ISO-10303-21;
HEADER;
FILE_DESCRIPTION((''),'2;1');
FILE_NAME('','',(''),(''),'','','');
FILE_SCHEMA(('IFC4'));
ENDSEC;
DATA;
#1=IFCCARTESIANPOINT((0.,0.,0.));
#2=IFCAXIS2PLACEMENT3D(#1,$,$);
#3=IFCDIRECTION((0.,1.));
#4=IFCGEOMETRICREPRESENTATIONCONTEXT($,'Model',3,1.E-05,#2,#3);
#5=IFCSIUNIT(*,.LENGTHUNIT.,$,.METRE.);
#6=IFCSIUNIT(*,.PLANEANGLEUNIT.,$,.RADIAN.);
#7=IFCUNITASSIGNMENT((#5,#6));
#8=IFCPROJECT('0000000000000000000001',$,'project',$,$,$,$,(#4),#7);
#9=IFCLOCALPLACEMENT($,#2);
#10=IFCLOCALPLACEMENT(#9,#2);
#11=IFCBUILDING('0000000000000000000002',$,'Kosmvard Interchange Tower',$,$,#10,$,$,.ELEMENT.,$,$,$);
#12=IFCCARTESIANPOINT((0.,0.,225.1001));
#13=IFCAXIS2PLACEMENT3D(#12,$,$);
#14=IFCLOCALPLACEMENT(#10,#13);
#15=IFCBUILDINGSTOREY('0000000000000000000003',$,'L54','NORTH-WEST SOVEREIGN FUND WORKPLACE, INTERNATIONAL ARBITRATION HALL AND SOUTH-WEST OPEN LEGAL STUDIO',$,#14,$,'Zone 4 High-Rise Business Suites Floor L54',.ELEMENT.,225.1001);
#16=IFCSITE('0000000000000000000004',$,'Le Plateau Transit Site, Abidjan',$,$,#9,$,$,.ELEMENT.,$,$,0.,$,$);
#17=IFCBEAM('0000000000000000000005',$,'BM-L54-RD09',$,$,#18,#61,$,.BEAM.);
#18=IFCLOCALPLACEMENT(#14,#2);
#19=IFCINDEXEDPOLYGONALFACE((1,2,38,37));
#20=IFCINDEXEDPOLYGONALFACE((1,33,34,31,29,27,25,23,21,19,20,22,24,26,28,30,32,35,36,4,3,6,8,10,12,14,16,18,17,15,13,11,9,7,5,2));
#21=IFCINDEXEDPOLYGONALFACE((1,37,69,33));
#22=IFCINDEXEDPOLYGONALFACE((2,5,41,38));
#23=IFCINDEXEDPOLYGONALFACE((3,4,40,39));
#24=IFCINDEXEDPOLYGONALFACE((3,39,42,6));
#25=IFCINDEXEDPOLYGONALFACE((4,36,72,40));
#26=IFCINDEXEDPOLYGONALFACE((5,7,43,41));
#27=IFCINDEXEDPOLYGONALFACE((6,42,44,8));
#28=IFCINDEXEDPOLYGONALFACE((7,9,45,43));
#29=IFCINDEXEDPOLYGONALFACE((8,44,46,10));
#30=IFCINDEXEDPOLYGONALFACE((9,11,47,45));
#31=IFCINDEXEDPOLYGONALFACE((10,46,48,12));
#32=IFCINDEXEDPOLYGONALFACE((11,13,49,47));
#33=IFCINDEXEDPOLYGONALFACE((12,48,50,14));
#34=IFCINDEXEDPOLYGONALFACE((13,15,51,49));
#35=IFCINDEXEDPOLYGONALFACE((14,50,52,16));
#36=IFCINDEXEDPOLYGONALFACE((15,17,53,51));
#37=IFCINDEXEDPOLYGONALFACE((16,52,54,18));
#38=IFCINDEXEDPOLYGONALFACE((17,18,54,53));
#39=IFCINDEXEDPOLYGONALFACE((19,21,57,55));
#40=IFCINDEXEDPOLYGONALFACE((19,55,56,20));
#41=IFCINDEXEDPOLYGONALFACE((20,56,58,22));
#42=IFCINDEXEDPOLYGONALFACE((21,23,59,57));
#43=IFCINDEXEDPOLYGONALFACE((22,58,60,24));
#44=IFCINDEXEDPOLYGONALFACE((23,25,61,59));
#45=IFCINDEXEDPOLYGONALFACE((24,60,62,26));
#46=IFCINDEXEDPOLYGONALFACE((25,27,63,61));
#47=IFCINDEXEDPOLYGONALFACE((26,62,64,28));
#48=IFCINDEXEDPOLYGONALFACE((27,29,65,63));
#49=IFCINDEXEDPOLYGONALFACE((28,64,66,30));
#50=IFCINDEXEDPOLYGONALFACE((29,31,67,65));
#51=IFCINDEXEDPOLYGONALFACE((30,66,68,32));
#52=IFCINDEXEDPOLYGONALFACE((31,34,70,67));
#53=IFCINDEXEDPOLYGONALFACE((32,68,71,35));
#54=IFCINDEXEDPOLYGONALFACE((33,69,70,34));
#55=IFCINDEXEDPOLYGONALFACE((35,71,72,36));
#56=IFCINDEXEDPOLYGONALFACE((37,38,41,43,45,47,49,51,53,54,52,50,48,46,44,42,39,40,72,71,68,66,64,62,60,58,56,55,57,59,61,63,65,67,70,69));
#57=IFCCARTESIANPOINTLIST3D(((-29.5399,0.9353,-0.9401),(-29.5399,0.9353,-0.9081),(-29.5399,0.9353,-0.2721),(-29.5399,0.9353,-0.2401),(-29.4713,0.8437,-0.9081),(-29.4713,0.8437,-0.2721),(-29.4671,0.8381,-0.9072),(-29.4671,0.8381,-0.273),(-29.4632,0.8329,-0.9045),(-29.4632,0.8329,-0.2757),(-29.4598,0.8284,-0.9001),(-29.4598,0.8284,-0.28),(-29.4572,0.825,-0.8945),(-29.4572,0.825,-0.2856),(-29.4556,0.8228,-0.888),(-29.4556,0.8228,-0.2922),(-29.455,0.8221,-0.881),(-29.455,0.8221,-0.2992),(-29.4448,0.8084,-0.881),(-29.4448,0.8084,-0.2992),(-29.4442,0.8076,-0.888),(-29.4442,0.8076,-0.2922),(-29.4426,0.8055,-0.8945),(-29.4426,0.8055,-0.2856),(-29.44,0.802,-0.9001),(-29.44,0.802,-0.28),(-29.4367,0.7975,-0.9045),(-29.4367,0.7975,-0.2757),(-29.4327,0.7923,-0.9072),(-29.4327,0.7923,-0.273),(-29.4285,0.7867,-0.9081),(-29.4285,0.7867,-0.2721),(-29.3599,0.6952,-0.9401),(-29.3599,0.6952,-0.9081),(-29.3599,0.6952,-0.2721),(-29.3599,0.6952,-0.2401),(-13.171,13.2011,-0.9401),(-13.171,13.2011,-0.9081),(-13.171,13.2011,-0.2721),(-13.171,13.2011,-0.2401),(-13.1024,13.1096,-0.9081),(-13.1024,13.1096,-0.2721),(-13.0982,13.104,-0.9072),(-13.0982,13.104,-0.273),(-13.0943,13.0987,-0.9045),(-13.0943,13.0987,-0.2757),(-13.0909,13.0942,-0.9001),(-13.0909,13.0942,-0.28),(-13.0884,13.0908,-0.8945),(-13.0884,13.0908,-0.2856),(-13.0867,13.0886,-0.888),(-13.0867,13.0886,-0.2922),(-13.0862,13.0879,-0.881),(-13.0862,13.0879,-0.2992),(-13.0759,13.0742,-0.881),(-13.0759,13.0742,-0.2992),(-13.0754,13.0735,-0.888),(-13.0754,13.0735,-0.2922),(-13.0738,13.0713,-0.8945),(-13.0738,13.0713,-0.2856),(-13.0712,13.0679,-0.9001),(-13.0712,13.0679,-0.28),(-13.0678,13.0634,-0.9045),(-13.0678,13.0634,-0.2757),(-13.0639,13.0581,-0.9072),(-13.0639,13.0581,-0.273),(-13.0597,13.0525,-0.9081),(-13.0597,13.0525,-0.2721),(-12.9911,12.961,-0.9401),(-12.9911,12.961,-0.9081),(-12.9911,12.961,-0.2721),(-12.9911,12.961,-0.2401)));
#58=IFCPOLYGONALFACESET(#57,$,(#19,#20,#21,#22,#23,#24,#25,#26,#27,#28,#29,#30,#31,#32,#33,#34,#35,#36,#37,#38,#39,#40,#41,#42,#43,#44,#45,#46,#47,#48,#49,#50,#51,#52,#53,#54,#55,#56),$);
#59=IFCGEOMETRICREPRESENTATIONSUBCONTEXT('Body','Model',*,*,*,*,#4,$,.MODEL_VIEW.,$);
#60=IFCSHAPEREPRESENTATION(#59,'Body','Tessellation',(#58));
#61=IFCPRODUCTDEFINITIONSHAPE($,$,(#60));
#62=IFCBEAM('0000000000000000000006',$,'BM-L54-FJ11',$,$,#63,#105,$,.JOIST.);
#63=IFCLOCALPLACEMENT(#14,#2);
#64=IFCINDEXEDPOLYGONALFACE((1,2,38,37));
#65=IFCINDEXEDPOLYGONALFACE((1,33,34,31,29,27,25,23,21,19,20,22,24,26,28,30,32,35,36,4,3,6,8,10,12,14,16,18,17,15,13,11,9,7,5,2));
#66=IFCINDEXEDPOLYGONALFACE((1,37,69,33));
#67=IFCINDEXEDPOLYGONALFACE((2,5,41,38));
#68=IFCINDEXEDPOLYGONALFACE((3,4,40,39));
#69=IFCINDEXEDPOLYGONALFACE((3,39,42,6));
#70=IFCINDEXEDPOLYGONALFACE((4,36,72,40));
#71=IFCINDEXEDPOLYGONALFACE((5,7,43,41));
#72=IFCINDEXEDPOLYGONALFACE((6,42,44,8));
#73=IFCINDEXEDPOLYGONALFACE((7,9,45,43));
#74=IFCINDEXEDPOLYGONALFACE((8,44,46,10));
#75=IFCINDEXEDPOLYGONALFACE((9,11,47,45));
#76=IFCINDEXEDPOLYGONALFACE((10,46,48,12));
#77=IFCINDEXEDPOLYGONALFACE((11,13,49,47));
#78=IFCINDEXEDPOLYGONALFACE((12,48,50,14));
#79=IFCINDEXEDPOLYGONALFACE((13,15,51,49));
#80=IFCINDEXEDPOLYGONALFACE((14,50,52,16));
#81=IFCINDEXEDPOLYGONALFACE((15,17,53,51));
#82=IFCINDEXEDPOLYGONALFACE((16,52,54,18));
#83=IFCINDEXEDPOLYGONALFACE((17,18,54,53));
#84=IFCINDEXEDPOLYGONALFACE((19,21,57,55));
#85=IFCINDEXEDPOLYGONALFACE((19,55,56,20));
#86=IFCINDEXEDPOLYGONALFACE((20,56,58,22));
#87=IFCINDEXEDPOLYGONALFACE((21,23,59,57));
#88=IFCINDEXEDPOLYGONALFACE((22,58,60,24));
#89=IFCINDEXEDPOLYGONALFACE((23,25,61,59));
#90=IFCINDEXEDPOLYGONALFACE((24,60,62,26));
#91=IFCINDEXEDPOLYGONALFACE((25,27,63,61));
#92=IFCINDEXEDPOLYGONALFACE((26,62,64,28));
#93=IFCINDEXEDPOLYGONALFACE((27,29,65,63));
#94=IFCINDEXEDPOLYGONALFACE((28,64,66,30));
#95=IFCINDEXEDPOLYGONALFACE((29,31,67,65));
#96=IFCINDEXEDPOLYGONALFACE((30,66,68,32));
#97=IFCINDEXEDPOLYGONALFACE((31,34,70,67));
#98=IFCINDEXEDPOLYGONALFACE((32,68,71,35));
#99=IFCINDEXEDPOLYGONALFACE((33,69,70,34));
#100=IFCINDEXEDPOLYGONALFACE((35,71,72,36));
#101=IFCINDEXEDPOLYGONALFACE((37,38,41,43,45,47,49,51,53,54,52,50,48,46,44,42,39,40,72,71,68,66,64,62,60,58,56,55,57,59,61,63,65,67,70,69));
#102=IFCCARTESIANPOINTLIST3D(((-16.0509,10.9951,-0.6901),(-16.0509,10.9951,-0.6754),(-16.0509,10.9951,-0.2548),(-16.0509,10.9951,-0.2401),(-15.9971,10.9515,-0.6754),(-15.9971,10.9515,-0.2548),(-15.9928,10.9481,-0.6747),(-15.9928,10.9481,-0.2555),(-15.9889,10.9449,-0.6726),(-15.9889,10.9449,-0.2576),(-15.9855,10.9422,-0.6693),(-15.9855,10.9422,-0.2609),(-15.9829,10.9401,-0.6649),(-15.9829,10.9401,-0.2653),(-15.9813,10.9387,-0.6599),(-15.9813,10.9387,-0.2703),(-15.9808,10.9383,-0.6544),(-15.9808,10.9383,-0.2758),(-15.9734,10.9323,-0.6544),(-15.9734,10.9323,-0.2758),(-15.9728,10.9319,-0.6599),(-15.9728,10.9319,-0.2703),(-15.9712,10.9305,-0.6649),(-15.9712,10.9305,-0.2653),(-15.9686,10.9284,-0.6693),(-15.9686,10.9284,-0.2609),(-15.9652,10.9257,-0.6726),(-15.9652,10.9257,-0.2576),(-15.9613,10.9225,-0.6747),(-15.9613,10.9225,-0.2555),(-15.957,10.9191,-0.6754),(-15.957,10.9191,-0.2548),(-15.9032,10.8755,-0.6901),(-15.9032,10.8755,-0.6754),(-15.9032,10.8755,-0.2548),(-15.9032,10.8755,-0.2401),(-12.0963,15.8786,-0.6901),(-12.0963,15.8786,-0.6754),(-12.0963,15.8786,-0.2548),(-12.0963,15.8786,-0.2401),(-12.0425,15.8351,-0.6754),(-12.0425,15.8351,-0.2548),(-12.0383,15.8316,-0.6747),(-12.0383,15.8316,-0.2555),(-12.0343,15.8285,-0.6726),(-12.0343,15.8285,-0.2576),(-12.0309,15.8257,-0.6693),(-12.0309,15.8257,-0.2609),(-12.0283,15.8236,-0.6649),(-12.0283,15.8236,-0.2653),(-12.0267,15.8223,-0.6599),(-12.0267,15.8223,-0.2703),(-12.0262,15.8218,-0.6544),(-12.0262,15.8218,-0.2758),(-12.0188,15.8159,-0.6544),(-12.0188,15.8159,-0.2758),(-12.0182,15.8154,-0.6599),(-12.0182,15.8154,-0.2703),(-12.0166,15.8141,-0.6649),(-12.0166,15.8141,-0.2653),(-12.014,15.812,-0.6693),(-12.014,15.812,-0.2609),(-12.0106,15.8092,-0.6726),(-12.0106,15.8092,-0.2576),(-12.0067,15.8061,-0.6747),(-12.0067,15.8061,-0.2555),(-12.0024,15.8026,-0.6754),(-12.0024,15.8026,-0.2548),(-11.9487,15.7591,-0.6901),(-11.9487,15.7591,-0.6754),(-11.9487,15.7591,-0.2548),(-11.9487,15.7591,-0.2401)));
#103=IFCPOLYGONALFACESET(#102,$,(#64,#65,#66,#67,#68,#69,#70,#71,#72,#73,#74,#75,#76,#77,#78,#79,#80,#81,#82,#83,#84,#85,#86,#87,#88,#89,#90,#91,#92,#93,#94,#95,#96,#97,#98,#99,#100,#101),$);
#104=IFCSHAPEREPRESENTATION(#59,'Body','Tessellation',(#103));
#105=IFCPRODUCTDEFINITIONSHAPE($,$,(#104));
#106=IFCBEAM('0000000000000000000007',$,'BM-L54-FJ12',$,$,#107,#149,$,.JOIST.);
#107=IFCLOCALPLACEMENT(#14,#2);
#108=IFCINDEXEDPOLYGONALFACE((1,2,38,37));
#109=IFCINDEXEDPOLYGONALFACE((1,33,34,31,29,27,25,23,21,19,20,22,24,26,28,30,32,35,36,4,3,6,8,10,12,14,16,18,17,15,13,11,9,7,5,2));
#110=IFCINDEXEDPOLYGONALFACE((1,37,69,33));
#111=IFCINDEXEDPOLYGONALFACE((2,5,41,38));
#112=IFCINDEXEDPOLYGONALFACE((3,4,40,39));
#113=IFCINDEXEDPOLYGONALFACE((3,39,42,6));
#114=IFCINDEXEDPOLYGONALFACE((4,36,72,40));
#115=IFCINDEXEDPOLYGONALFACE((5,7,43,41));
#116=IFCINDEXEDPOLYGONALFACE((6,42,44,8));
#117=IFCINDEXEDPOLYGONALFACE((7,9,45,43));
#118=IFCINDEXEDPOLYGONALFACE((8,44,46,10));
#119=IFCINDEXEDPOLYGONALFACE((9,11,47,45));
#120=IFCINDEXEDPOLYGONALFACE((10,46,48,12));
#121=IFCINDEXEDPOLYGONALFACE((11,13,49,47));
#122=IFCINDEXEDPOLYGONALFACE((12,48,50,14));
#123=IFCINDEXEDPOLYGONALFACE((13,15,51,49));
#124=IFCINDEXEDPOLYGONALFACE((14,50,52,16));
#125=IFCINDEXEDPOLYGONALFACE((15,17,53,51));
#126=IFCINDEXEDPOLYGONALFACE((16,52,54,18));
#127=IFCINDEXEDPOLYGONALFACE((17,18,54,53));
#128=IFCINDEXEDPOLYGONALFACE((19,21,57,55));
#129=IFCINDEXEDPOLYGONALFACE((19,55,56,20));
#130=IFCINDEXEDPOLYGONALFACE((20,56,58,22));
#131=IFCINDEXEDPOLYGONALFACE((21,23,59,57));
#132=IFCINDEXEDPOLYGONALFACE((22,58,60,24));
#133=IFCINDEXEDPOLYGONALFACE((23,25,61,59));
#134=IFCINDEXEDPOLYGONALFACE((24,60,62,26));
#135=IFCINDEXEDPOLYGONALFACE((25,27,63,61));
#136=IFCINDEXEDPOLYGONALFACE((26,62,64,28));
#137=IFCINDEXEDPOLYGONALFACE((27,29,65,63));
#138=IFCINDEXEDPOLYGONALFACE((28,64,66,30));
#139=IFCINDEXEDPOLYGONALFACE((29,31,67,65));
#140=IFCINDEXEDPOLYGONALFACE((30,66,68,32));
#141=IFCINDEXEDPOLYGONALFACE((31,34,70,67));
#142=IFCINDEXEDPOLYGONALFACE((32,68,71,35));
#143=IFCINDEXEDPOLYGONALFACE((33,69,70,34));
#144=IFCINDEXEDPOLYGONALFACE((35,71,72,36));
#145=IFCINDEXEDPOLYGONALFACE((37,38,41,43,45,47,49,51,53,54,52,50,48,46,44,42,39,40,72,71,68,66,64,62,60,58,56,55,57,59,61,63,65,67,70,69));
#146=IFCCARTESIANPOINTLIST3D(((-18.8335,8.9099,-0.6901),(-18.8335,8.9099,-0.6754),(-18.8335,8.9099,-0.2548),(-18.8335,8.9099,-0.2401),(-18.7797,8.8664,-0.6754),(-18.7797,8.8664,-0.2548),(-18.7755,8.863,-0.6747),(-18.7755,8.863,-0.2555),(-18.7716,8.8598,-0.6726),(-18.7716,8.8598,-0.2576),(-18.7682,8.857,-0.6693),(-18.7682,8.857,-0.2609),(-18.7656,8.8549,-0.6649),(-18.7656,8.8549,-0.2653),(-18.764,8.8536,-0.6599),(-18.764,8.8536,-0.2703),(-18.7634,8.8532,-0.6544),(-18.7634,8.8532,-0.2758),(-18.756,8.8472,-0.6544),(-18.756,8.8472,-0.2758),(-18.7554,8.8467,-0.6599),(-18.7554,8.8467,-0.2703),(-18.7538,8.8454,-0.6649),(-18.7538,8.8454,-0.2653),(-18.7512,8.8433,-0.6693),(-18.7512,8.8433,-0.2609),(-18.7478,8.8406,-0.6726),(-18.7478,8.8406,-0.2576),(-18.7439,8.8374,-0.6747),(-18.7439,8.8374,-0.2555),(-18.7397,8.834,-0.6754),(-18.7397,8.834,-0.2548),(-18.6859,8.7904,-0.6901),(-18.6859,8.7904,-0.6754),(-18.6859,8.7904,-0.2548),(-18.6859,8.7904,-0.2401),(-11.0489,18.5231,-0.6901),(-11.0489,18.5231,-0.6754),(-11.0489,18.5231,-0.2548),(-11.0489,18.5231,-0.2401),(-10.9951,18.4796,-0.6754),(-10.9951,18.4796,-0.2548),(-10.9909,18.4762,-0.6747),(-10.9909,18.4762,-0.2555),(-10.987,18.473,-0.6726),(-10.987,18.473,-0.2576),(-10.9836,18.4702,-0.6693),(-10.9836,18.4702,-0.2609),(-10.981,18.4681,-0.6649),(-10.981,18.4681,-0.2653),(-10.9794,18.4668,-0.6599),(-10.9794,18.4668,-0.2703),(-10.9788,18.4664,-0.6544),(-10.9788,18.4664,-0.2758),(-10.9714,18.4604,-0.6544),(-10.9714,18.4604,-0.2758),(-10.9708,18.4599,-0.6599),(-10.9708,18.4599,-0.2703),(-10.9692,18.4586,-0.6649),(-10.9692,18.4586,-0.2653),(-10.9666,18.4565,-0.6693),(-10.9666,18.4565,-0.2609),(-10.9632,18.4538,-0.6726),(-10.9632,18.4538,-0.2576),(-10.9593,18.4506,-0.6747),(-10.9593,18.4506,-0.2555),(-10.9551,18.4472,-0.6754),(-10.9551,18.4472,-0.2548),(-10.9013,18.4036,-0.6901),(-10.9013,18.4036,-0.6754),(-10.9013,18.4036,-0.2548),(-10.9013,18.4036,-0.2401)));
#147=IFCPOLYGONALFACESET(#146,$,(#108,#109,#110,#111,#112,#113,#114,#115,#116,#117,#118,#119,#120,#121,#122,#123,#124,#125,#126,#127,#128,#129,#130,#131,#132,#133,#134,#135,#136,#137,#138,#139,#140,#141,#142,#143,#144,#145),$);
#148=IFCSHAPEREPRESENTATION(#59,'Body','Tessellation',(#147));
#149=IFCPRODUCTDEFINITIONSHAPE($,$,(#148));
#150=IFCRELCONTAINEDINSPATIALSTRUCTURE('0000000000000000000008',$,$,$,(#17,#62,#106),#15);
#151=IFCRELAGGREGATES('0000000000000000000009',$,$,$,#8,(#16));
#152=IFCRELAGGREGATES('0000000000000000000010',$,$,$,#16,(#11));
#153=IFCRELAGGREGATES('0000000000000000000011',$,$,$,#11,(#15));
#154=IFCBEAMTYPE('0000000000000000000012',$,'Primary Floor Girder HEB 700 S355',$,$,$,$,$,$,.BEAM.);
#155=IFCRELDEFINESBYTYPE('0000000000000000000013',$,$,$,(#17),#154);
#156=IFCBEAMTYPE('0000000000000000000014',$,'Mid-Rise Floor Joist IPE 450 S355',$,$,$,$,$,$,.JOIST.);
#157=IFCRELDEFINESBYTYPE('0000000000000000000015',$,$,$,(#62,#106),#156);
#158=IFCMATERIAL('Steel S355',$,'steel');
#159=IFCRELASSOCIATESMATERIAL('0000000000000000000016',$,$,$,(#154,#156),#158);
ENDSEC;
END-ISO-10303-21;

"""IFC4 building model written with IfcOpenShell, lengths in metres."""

from ifc_helpers import new_model, si_unit, direction, frame, origin, origin_2d, place, context, subcontext, project, spatial, i_section, extrude, source, transform, mapped, material, material_profile, profile_set, type_object, element, save


model = new_model("IFC4")

# Units and contexts
model_context = context("Model", 3, precision=1e-05, world=origin(), true_north=direction((0.0, 1.0)))
body_context = subcontext(model_context, "Body", "Model", "MODEL_VIEW")
ifc_project = project(units=[si_unit("LENGTHUNIT", "METRE"), si_unit("PLANEANGLEUNIT", "RADIAN")], contexts=[model_context])

# Site, building, storey
site_placement = place(None, origin())
site = spatial("IfcSite", under=ifc_project, at=site_placement, Name="Le Plateau Transit Site, Abidjan", CompositionType="ELEMENT", RefElevation=0.0)
building_placement = place(site_placement, origin())
building = spatial("IfcBuilding", under=site, at=building_placement, Name="Kosmvard Interchange Tower", CompositionType="ELEMENT")
storey_placement = place(building_placement, frame((0.0, 0.0, 225.1001)))
storey = spatial("IfcBuildingStorey", under=building, at=storey_placement, Name="L54", Description="NORTH-WEST SOVEREIGN FUND WORKPLACE, INTERNATIONAL ARBITRATION HALL AND SOUTH-WEST OPEN LEGAL STUDIO", LongName="Zone 4 High-Rise Business Suites Floor L54", CompositionType="ELEMENT", Elevation=225.1001)

# Beams
ifc_material_1 = material(Name="Steel S355", Category="steel")
ifc_material_profile_1 = material_profile(ifc_material_1, i_section(OverallWidth=0.3, OverallDepth=0.7, WebThickness=0.0171, FlangeThickness=0.032, FilletRadius=0.0271, at=origin_2d()), Name="HEB 700")
ifc_profile_set_1 = profile_set([ifc_material_profile_1], Name="Steel S355")
beam_type_1 = type_object("IfcBeamType", Name="Primary Floor Girder HEB 700 S355", PredefinedType="BEAM", material=ifc_profile_set_1)
shared_shape_1 = source(origin(), body_context, "Body", "SweptSolid", [
    extrude(i_section(OverallWidth=0.3, OverallDepth=0.7, WebThickness=0.0171, FlangeThickness=0.032, FilletRadius=0.0271, at=origin_2d()), origin(), (0.0, 0.0, 1.0), 20.4546),
])
beam_1_placement = place(storey_placement, frame((-13.0811, 13.0811, -0.5901), z_axis=(-0.800253, -0.599662, 0.0), x_axis=(0.599662, -0.800253, 0.0)))
element("IfcBeam", 1, at=beam_1_placement, inside=storey, type_object=beam_type_1, Name="BM-L54-RD09", PredefinedType="BEAM", context=body_context, shape_type="MappedRepresentation", body=[
    mapped(shared_shape_1, transform((0.0, 0.0, 0.0), scale=1.0)),
])
ifc_material_profile_2 = material_profile(ifc_material_1, i_section(OverallWidth=0.1899, OverallDepth=0.45, WebThickness=0.0095, FlangeThickness=0.0146, FilletRadius=0.021, at=origin_2d()), Name="IPE 450")
ifc_profile_set_2 = profile_set([ifc_material_profile_2], Name="Steel S355")
beam_type_2 = type_object("IfcBeamType", Name="Mid-Rise Floor Joist IPE 450 S355", PredefinedType="JOIST", material=ifc_profile_set_2)
shared_shape_2 = source(origin(), body_context, "Body", "SweptSolid", [
    extrude(i_section(OverallWidth=0.1899, OverallDepth=0.45, WebThickness=0.0095, FlangeThickness=0.0146, FilletRadius=0.021, at=origin_2d()), origin(), (0.0, 0.0, 1.0), 6.2839),
])
beam_2_placement = place(storey_placement, frame((-12.0225, 15.8188, -0.4651), z_axis=(-0.629318, -0.777148, 0.0), x_axis=(0.777148, -0.629318, 0.0)))
element("IfcBeam", 2, at=beam_2_placement, inside=storey, type_object=beam_type_2, Name="BM-L54-FJ11", PredefinedType="JOIST", context=body_context, shape_type="MappedRepresentation", body=[
    mapped(shared_shape_2, transform((0.0, 0.0, 0.0), scale=1.0)),
])
shared_shape_3 = source(origin(), body_context, "Body", "SweptSolid", [
    extrude(i_section(OverallWidth=0.1899, OverallDepth=0.45, WebThickness=0.0095, FlangeThickness=0.0146, FilletRadius=0.021, at=origin_2d()), origin(), (0.0, 0.0, 1.0), 12.3699),
])
beam_3_placement = place(storey_placement, frame((-10.9751, 18.4634, -0.4651), z_axis=(-0.62932, -0.777147, 0.0), x_axis=(0.777147, -0.62932, 0.0)))
element("IfcBeam", 3, at=beam_3_placement, inside=storey, type_object=beam_type_2, Name="BM-L54-FJ12", PredefinedType="JOIST", context=body_context, shape_type="MappedRepresentation", body=[
    mapped(shared_shape_3, transform((0.0, 0.0, 0.0), scale=1.0)),
])

save(model, "model.ifc")
